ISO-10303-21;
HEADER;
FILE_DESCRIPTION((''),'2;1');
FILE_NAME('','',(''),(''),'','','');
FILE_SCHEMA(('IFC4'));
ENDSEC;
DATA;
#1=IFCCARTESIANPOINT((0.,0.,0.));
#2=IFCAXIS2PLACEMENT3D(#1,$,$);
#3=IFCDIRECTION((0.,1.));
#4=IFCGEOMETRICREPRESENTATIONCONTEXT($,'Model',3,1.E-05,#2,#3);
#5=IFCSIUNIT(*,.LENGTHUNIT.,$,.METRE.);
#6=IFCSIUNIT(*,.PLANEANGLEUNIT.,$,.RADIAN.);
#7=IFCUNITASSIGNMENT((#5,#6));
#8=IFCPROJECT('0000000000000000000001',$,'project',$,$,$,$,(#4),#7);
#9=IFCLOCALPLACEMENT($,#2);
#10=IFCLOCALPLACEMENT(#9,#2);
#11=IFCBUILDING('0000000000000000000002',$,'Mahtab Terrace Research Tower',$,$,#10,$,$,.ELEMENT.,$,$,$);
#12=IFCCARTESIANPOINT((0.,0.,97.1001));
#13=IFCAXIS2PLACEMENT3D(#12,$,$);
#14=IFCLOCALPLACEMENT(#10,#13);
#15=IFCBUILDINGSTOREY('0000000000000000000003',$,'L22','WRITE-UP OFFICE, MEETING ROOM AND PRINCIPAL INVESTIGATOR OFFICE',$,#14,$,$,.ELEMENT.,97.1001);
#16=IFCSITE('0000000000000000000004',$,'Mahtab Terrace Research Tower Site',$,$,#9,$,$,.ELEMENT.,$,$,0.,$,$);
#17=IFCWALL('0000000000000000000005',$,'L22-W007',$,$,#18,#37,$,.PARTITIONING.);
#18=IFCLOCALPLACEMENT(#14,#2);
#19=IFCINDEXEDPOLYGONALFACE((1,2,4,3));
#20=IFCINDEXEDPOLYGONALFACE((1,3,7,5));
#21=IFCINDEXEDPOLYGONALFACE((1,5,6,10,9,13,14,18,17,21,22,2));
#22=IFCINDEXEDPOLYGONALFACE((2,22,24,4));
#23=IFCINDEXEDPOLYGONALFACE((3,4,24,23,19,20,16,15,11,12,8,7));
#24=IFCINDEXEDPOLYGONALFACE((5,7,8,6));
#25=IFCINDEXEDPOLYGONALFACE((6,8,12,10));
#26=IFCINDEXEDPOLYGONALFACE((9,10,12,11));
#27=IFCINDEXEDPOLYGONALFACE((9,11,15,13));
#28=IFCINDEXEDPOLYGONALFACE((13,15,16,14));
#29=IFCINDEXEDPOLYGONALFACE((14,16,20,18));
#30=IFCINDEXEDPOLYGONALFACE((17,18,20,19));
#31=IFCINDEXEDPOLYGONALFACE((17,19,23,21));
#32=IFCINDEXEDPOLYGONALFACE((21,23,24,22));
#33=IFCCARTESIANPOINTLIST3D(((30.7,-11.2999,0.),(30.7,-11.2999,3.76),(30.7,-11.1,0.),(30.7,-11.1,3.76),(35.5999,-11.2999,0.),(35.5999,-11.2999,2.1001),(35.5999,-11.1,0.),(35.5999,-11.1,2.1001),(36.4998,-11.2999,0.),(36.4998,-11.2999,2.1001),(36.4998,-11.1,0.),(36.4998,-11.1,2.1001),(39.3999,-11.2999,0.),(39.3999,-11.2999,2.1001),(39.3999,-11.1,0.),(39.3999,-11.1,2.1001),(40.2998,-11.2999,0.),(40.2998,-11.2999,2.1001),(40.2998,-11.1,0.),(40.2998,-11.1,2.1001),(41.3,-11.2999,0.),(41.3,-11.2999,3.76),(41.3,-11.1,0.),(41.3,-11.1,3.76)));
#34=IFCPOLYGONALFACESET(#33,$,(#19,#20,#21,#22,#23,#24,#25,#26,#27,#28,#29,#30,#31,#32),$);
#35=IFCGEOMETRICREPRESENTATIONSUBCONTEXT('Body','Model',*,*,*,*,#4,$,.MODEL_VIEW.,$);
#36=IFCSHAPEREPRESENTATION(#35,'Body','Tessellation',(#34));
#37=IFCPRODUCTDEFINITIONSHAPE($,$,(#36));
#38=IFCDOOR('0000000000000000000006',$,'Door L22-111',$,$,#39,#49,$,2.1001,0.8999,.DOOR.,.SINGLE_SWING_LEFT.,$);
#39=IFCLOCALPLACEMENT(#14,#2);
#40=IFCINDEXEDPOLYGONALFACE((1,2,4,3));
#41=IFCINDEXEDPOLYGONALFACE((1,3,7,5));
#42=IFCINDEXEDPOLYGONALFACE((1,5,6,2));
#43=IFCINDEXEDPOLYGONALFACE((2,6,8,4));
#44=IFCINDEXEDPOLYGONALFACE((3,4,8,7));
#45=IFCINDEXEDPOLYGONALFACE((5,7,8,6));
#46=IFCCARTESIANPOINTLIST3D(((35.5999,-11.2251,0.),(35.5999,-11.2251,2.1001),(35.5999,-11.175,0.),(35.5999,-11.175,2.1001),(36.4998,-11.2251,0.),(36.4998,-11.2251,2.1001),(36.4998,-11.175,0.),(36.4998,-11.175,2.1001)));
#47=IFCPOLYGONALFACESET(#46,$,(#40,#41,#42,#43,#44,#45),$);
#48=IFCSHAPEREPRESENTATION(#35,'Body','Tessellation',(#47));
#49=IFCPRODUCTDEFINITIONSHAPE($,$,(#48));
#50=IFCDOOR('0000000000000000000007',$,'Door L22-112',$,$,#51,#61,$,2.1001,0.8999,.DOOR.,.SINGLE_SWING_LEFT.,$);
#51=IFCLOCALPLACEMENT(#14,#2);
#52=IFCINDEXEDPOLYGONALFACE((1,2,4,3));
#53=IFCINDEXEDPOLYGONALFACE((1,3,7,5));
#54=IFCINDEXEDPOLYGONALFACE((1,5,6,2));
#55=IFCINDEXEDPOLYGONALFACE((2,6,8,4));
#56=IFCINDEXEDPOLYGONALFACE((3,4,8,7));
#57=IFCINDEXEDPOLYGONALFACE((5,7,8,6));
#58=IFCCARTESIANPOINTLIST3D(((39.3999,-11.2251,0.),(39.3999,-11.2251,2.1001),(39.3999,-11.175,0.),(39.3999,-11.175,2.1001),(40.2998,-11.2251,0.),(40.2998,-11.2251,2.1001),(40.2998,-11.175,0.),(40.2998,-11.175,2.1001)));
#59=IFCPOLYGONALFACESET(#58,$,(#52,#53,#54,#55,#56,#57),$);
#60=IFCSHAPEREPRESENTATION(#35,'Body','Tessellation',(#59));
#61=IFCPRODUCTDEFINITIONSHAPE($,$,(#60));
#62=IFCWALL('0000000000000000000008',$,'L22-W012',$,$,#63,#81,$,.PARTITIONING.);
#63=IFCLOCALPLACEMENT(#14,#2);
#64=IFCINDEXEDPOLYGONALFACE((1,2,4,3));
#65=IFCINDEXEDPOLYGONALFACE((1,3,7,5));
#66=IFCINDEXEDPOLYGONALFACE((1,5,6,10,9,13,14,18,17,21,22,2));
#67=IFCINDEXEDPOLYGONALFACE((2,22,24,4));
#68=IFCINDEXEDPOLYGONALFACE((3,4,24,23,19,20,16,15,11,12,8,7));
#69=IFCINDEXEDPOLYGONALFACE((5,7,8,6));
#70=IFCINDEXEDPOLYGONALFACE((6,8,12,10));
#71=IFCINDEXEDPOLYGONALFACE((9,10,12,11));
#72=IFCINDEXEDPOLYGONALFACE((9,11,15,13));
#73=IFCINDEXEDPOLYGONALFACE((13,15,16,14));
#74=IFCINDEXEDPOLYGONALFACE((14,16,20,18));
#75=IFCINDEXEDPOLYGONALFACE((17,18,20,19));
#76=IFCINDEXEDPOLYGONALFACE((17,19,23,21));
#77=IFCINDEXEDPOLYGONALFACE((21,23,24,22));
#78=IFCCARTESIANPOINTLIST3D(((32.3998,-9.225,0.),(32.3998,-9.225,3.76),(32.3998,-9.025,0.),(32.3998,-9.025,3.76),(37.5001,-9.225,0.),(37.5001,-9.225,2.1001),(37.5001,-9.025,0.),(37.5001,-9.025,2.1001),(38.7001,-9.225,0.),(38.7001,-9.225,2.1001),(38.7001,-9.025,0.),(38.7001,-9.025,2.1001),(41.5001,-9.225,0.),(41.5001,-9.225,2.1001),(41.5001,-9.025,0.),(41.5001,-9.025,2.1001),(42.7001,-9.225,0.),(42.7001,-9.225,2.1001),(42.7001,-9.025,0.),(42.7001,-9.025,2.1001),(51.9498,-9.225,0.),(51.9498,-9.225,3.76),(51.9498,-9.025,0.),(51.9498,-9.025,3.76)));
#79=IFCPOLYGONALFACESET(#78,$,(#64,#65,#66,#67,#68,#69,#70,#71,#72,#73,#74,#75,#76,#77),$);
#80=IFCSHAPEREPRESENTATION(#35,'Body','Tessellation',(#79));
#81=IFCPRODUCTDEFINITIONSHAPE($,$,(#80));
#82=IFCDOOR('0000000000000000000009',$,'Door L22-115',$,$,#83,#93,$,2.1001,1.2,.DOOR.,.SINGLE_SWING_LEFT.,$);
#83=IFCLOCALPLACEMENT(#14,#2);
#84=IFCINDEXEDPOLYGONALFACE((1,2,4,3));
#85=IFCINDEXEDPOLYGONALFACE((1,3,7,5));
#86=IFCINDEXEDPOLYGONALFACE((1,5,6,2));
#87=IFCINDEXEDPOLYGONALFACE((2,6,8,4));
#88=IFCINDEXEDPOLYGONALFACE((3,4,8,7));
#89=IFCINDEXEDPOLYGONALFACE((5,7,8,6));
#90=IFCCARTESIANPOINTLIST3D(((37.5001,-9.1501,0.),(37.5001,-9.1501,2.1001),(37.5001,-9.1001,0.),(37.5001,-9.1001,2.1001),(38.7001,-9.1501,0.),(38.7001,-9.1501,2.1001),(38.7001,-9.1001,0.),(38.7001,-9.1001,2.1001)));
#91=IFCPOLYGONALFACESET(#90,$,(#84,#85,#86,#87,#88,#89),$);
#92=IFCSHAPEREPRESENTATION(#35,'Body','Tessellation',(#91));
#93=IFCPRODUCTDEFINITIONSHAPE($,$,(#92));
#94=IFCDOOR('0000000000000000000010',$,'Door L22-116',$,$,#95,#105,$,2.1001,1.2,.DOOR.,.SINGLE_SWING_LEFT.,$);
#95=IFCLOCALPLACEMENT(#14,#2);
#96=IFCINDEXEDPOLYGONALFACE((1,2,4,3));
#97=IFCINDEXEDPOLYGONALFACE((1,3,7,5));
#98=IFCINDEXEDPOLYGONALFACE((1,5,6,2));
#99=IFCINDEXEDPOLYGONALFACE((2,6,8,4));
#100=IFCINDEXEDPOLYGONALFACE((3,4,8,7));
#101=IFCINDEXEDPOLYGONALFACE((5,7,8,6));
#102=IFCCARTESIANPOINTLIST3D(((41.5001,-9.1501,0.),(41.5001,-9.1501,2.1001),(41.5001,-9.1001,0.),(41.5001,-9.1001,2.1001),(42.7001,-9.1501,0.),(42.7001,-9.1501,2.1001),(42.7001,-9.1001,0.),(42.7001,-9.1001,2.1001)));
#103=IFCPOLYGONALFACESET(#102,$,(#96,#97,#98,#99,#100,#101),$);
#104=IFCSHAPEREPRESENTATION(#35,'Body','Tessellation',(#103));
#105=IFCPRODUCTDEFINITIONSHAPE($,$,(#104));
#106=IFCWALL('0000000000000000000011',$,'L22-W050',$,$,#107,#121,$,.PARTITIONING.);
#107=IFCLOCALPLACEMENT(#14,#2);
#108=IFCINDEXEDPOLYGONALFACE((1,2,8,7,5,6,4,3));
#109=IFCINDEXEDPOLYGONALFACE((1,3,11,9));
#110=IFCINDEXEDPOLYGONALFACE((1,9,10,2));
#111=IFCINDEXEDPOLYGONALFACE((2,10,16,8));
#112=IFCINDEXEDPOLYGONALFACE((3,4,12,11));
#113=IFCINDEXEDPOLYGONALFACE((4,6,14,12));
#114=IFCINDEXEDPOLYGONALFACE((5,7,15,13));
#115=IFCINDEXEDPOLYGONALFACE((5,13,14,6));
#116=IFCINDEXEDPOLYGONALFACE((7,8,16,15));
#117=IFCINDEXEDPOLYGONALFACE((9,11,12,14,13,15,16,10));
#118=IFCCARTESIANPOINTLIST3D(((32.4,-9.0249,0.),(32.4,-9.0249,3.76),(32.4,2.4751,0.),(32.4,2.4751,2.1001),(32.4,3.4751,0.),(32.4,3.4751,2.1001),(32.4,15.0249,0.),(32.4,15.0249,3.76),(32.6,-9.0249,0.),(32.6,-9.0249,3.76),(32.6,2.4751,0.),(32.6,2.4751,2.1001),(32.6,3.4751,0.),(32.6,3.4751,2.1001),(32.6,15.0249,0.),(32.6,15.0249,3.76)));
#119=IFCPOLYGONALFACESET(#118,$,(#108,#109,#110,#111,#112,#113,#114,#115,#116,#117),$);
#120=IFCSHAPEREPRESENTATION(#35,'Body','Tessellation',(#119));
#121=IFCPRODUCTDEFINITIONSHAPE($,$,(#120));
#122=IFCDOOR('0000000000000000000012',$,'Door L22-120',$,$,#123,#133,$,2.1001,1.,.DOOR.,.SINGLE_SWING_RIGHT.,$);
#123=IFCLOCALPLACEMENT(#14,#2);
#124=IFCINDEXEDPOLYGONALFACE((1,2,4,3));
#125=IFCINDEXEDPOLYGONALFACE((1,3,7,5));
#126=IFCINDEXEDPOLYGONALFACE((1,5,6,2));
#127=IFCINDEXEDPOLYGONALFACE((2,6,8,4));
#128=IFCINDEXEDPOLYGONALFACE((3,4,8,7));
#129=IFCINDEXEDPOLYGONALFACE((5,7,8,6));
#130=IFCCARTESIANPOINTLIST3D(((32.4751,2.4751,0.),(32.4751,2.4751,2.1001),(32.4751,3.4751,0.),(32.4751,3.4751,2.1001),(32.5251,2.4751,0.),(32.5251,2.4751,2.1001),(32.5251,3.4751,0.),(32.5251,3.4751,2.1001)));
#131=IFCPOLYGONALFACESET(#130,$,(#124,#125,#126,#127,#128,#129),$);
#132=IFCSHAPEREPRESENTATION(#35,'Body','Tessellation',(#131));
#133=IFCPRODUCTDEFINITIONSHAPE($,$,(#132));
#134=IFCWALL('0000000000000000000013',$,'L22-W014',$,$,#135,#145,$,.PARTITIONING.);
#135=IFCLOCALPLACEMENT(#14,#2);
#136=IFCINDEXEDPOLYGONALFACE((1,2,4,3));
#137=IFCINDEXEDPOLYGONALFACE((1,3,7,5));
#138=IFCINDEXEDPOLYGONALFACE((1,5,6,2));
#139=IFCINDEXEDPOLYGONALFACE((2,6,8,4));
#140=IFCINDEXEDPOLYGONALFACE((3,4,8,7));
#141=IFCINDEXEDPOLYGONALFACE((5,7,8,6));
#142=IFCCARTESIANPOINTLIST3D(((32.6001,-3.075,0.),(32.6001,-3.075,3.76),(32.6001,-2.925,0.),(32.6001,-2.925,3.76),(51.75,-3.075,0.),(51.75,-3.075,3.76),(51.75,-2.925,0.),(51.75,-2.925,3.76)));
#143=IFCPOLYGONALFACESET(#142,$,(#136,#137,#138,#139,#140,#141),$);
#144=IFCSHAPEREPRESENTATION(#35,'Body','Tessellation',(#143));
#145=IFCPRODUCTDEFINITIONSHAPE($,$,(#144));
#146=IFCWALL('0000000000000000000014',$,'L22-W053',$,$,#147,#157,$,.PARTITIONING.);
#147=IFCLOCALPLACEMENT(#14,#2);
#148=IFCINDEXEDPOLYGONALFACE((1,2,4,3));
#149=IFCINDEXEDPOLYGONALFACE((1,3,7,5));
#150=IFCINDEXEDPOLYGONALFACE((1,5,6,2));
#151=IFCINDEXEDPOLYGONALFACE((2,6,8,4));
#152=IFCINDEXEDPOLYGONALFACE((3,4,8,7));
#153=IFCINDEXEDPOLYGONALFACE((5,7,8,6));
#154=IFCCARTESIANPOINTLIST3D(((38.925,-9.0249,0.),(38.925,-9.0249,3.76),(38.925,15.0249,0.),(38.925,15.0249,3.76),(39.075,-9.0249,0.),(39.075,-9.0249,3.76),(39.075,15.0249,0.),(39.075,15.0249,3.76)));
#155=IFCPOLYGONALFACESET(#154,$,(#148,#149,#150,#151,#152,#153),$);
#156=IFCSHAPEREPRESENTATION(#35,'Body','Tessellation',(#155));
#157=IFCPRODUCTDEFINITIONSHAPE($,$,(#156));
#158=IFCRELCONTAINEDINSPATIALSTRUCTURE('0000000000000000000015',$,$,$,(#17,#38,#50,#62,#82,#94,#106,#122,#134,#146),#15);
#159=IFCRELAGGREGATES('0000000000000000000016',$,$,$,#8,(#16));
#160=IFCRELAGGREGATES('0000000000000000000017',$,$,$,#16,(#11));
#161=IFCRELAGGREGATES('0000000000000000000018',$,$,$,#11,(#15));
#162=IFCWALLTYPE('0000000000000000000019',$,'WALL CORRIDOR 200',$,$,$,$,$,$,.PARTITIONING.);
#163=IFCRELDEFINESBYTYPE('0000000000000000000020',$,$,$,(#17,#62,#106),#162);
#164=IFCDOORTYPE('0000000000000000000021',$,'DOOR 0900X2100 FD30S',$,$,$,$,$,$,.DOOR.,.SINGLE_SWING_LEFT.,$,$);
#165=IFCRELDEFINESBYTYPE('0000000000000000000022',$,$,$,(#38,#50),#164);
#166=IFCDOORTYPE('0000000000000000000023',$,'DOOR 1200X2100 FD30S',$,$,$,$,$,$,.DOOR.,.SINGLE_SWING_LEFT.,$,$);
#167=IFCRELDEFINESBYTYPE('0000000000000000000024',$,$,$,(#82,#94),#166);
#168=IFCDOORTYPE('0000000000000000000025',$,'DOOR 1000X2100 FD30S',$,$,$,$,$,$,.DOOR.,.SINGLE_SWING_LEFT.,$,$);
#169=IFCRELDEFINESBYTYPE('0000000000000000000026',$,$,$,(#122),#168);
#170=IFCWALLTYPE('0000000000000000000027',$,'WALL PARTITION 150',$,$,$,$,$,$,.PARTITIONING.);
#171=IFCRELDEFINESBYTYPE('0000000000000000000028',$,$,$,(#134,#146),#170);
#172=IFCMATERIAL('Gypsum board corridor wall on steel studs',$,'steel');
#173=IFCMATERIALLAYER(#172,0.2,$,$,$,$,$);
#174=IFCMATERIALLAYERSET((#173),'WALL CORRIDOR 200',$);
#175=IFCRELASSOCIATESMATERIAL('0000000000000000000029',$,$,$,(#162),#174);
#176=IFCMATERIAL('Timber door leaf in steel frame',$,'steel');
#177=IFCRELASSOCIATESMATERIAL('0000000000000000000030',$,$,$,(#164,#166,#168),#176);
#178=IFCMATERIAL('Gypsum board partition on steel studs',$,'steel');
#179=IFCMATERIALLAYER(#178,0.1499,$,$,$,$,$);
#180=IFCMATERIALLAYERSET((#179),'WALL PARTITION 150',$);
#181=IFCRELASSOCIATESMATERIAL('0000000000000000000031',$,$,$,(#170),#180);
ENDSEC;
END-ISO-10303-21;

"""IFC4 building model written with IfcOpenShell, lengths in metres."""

from ifc_helpers import new_model, si_unit, direction, frame, frame_2d, origin, place, context, subcontext, project, spatial, rectangle, extrude, material, layer, layer_set, type_object, element, fill, save


model = new_model("IFC4")

# Units and contexts
model_context = context("Model", 3, precision=1e-05, world=origin(), true_north=direction((0.0, 1.0)))
body_context = subcontext(model_context, "Body", "Model", "MODEL_VIEW")
ifc_project = project(units=[si_unit("LENGTHUNIT", "METRE"), si_unit("PLANEANGLEUNIT", "RADIAN")], contexts=[model_context])

# Site, building, storey
site_placement = place(None, origin())
site = spatial("IfcSite", under=ifc_project, at=site_placement, Name="Mahtab Terrace Research Tower Site", CompositionType="ELEMENT", RefElevation=0.0)
building_placement = place(site_placement, origin())
building = spatial("IfcBuilding", under=site, at=building_placement, Name="Mahtab Terrace Research Tower", CompositionType="ELEMENT")
storey_placement = place(building_placement, frame((0.0, 0.0, 97.1001)))
storey = spatial("IfcBuildingStorey", under=building, at=storey_placement, Name="L22", Description="WRITE-UP OFFICE, MEETING ROOM AND PRINCIPAL INVESTIGATOR OFFICE", CompositionType="ELEMENT", Elevation=97.1001)

# Walls, openings, doors
ifc_material_1 = material(Name="Gypsum board corridor wall on steel studs", Category="steel")
ifc_layer_1 = layer(ifc_material_1, 0.2)
ifc_layer_set_1 = layer_set([ifc_layer_1], Name="WALL CORRIDOR 200")
wall_type_1 = type_object("IfcWallType", Name="WALL CORRIDOR 200", PredefinedType="PARTITIONING", material=ifc_layer_set_1)
wall_1_placement = place(storey_placement, frame((30.7, -11.2, 0.0), z_axis=(0.0, 0.0, 1.0), x_axis=(1.0, 0.0, 0.0)))
wall_1 = element("IfcWall", 1, at=wall_1_placement, inside=storey, type_object=wall_type_1, Name="L22-W007", PredefinedType="PARTITIONING", context=body_context, shape_type="SweptSolid", body=[
    extrude(rectangle(XDim=10.6001, YDim=0.2, at=frame_2d((5.3, 0.0))), origin(), (0.0, 0.0, 1.0), 3.76),
])
opening_1_placement = place(wall_1_placement, frame((4.8999, 0.0, 0.0)))
opening_1 = element("IfcOpeningElement", 2, at=opening_1_placement, cuts=wall_1, PredefinedType="OPENING", context=body_context, shape_type="SweptSolid", body=[
    extrude(rectangle(XDim=0.8999, YDim=2.1001, at=frame_2d((0.45, 1.05))), frame((0.0, 0.1099, 0.0), z_axis=(0.0, -1.0, 0.0), x_axis=(1.0, 0.0, 0.0)), (0.0, 0.0, 1.0), 0.22),
])
opening_2_placement = place(wall_1_placement, frame((8.7, 0.0, 0.0)))
opening_2 = element("IfcOpeningElement", 3, at=opening_2_placement, cuts=wall_1, PredefinedType="OPENING", context=body_context, shape_type="SweptSolid", body=[
    extrude(rectangle(XDim=0.8999, YDim=2.1001, at=frame_2d((0.45, 1.05))), frame((0.0, 0.1099, 0.0), z_axis=(0.0, -1.0, 0.0), x_axis=(1.0, 0.0, 0.0)), (0.0, 0.0, 1.0), 0.22),
])
ifc_material_2 = material(Name="Timber door leaf in steel frame", Category="steel")
door_type_1 = type_object("IfcDoorType", Name="DOOR 0900X2100 FD30S", OperationType="SINGLE_SWING_LEFT", PredefinedType="DOOR", material=ifc_material_2)
door_1_placement = place(opening_1_placement, origin())
door_1 = element("IfcDoor", 4, at=door_1_placement, inside=storey, type_object=door_type_1, Name="Door L22-111", OperationType="SINGLE_SWING_LEFT", OverallHeight=2.1001, OverallWidth=0.8999, PredefinedType="DOOR", context=body_context, shape_type="SweptSolid", body=[
    extrude(rectangle(XDim=0.8999, YDim=2.1001, at=frame_2d((0.45, 1.05))), frame((0.0, 0.0249, 0.0), z_axis=(0.0, -1.0, 0.0), x_axis=(1.0, 0.0, 0.0)), (0.0, 0.0, 1.0), 0.05),
])
fill(opening_1, door_1)
door_2_placement = place(opening_2_placement, origin())
door_2 = element("IfcDoor", 5, at=door_2_placement, inside=storey, type_object=door_type_1, Name="Door L22-112", OperationType="SINGLE_SWING_LEFT", OverallHeight=2.1001, OverallWidth=0.8999, PredefinedType="DOOR", context=body_context, shape_type="SweptSolid", body=[
    extrude(rectangle(XDim=0.8999, YDim=2.1001, at=frame_2d((0.45, 1.05))), frame((0.0, 0.0249, 0.0), z_axis=(0.0, -1.0, 0.0), x_axis=(1.0, 0.0, 0.0)), (0.0, 0.0, 1.0), 0.05),
])
fill(opening_2, door_2)
wall_2_placement = place(storey_placement, frame((32.3999, -9.125, 0.0), z_axis=(0.0, 0.0, 1.0), x_axis=(1.0, 0.0, 0.0)))
wall_2 = element("IfcWall", 6, at=wall_2_placement, inside=storey, type_object=wall_type_1, Name="L22-W012", PredefinedType="PARTITIONING", context=body_context, shape_type="SweptSolid", body=[
    extrude(rectangle(XDim=19.55, YDim=0.2, at=frame_2d((9.7749, 0.0))), origin(), (0.0, 0.0, 1.0), 3.76),
])
opening_3_placement = place(wall_2_placement, frame((5.1001, 0.0, 0.0)))
opening_3 = element("IfcOpeningElement", 7, at=opening_3_placement, cuts=wall_2, PredefinedType="OPENING", context=body_context, shape_type="SweptSolid", body=[
    extrude(rectangle(XDim=1.2, YDim=2.1001, at=frame_2d((0.6001, 1.05))), frame((0.0, 0.1099, 0.0), z_axis=(0.0, -1.0, 0.0), x_axis=(1.0, 0.0, 0.0)), (0.0, 0.0, 1.0), 0.22),
])
opening_4_placement = place(wall_2_placement, frame((9.1001, 0.0, 0.0)))
opening_4 = element("IfcOpeningElement", 8, at=opening_4_placement, cuts=wall_2, PredefinedType="OPENING", context=body_context, shape_type="SweptSolid", body=[
    extrude(rectangle(XDim=1.2, YDim=2.1001, at=frame_2d((0.6001, 1.05))), frame((0.0, 0.1099, 0.0), z_axis=(0.0, -1.0, 0.0), x_axis=(1.0, 0.0, 0.0)), (0.0, 0.0, 1.0), 0.22),
])
door_type_2 = type_object("IfcDoorType", Name="DOOR 1200X2100 FD30S", OperationType="SINGLE_SWING_LEFT", PredefinedType="DOOR", material=ifc_material_2)
door_3_placement = place(opening_3_placement, origin())
door_3 = element("IfcDoor", 9, at=door_3_placement, inside=storey, type_object=door_type_2, Name="Door L22-115", OperationType="SINGLE_SWING_LEFT", OverallHeight=2.1001, OverallWidth=1.2, PredefinedType="DOOR", context=body_context, shape_type="SweptSolid", body=[
    extrude(rectangle(XDim=1.2, YDim=2.1001, at=frame_2d((0.6001, 1.05))), frame((0.0, 0.0249, 0.0), z_axis=(0.0, -1.0, 0.0), x_axis=(1.0, 0.0, 0.0)), (0.0, 0.0, 1.0), 0.05),
])
fill(opening_3, door_3)
door_4_placement = place(opening_4_placement, origin())
door_4 = element("IfcDoor", 10, at=door_4_placement, inside=storey, type_object=door_type_2, Name="Door L22-116", OperationType="SINGLE_SWING_LEFT", OverallHeight=2.1001, OverallWidth=1.2, PredefinedType="DOOR", context=body_context, shape_type="SweptSolid", body=[
    extrude(rectangle(XDim=1.2, YDim=2.1001, at=frame_2d((0.6001, 1.05))), frame((0.0, 0.0249, 0.0), z_axis=(0.0, -1.0, 0.0), x_axis=(1.0, 0.0, 0.0)), (0.0, 0.0, 1.0), 0.05),
])
fill(opening_4, door_4)

# Wall, opening, door
wall_3_placement = place(storey_placement, frame((32.5, -9.0249, 0.0), z_axis=(0.0, 0.0, 1.0), x_axis=(0.0, 1.0, 0.0)))
wall_3 = element("IfcWall", 11, at=wall_3_placement, inside=storey, type_object=wall_type_1, Name="L22-W050", PredefinedType="PARTITIONING", context=body_context, shape_type="SweptSolid", body=[
    extrude(rectangle(XDim=24.0498, YDim=0.2, at=frame_2d((12.0249, 0.0))), origin(), (0.0, 0.0, 1.0), 3.76),
])
opening_5_placement = place(wall_3_placement, frame((11.5, 0.0, 0.0)))
opening_5 = element("IfcOpeningElement", 12, at=opening_5_placement, cuts=wall_3, PredefinedType="OPENING", context=body_context, shape_type="SweptSolid", body=[
    extrude(rectangle(XDim=1.0, YDim=2.1001, at=frame_2d((0.5, 1.05))), frame((0.0, 0.1099, 0.0), z_axis=(0.0, -1.0, 0.0), x_axis=(1.0, 0.0, 0.0)), (0.0, 0.0, 1.0), 0.22),
])
door_type_3 = type_object("IfcDoorType", Name="DOOR 1000X2100 FD30S", OperationType="SINGLE_SWING_LEFT", PredefinedType="DOOR", material=ifc_material_2)
door_5_placement = place(opening_5_placement, origin())
door_5 = element("IfcDoor", 13, at=door_5_placement, inside=storey, type_object=door_type_3, Name="Door L22-120", OperationType="SINGLE_SWING_RIGHT", OverallHeight=2.1001, OverallWidth=1.0, PredefinedType="DOOR", context=body_context, shape_type="SweptSolid", body=[
    extrude(rectangle(XDim=1.0, YDim=2.1001, at=frame_2d((0.5, 1.05))), frame((0.0, 0.0249, 0.0), z_axis=(0.0, -1.0, 0.0), x_axis=(1.0, 0.0, 0.0)), (0.0, 0.0, 1.0), 0.05),
])
fill(opening_5, door_5)

# Walls
ifc_material_3 = material(Name="Gypsum board partition on steel studs", Category="steel")
ifc_layer_2 = layer(ifc_material_3, 0.1499)
ifc_layer_set_2 = layer_set([ifc_layer_2], Name="WALL PARTITION 150")
wall_type_2 = type_object("IfcWallType", Name="WALL PARTITION 150", PredefinedType="PARTITIONING", material=ifc_layer_set_2)
wall_4_placement = place(storey_placement, frame((32.6001, -3.0, 0.0), z_axis=(0.0, 0.0, 1.0), x_axis=(1.0, 0.0, 0.0)))
element("IfcWall", 14, at=wall_4_placement, inside=storey, type_object=wall_type_2, Name="L22-W014", PredefinedType="PARTITIONING", context=body_context, shape_type="SweptSolid", body=[
    extrude(rectangle(XDim=19.1499, YDim=0.1499, at=frame_2d((9.575, 0.0))), origin(), (0.0, 0.0, 1.0), 3.76),
])
wall_5_placement = place(storey_placement, frame((39.0, -9.0249, 0.0), z_axis=(0.0, 0.0, 1.0), x_axis=(0.0, 1.0, 0.0)))
element("IfcWall", 15, at=wall_5_placement, inside=storey, type_object=wall_type_2, Name="L22-W053", PredefinedType="PARTITIONING", context=body_context, shape_type="SweptSolid", body=[
    extrude(rectangle(XDim=24.0498, YDim=0.1499, at=frame_2d((12.0249, 0.0))), origin(), (0.0, 0.0, 1.0), 3.76),
])

save(model, "model.ifc")
